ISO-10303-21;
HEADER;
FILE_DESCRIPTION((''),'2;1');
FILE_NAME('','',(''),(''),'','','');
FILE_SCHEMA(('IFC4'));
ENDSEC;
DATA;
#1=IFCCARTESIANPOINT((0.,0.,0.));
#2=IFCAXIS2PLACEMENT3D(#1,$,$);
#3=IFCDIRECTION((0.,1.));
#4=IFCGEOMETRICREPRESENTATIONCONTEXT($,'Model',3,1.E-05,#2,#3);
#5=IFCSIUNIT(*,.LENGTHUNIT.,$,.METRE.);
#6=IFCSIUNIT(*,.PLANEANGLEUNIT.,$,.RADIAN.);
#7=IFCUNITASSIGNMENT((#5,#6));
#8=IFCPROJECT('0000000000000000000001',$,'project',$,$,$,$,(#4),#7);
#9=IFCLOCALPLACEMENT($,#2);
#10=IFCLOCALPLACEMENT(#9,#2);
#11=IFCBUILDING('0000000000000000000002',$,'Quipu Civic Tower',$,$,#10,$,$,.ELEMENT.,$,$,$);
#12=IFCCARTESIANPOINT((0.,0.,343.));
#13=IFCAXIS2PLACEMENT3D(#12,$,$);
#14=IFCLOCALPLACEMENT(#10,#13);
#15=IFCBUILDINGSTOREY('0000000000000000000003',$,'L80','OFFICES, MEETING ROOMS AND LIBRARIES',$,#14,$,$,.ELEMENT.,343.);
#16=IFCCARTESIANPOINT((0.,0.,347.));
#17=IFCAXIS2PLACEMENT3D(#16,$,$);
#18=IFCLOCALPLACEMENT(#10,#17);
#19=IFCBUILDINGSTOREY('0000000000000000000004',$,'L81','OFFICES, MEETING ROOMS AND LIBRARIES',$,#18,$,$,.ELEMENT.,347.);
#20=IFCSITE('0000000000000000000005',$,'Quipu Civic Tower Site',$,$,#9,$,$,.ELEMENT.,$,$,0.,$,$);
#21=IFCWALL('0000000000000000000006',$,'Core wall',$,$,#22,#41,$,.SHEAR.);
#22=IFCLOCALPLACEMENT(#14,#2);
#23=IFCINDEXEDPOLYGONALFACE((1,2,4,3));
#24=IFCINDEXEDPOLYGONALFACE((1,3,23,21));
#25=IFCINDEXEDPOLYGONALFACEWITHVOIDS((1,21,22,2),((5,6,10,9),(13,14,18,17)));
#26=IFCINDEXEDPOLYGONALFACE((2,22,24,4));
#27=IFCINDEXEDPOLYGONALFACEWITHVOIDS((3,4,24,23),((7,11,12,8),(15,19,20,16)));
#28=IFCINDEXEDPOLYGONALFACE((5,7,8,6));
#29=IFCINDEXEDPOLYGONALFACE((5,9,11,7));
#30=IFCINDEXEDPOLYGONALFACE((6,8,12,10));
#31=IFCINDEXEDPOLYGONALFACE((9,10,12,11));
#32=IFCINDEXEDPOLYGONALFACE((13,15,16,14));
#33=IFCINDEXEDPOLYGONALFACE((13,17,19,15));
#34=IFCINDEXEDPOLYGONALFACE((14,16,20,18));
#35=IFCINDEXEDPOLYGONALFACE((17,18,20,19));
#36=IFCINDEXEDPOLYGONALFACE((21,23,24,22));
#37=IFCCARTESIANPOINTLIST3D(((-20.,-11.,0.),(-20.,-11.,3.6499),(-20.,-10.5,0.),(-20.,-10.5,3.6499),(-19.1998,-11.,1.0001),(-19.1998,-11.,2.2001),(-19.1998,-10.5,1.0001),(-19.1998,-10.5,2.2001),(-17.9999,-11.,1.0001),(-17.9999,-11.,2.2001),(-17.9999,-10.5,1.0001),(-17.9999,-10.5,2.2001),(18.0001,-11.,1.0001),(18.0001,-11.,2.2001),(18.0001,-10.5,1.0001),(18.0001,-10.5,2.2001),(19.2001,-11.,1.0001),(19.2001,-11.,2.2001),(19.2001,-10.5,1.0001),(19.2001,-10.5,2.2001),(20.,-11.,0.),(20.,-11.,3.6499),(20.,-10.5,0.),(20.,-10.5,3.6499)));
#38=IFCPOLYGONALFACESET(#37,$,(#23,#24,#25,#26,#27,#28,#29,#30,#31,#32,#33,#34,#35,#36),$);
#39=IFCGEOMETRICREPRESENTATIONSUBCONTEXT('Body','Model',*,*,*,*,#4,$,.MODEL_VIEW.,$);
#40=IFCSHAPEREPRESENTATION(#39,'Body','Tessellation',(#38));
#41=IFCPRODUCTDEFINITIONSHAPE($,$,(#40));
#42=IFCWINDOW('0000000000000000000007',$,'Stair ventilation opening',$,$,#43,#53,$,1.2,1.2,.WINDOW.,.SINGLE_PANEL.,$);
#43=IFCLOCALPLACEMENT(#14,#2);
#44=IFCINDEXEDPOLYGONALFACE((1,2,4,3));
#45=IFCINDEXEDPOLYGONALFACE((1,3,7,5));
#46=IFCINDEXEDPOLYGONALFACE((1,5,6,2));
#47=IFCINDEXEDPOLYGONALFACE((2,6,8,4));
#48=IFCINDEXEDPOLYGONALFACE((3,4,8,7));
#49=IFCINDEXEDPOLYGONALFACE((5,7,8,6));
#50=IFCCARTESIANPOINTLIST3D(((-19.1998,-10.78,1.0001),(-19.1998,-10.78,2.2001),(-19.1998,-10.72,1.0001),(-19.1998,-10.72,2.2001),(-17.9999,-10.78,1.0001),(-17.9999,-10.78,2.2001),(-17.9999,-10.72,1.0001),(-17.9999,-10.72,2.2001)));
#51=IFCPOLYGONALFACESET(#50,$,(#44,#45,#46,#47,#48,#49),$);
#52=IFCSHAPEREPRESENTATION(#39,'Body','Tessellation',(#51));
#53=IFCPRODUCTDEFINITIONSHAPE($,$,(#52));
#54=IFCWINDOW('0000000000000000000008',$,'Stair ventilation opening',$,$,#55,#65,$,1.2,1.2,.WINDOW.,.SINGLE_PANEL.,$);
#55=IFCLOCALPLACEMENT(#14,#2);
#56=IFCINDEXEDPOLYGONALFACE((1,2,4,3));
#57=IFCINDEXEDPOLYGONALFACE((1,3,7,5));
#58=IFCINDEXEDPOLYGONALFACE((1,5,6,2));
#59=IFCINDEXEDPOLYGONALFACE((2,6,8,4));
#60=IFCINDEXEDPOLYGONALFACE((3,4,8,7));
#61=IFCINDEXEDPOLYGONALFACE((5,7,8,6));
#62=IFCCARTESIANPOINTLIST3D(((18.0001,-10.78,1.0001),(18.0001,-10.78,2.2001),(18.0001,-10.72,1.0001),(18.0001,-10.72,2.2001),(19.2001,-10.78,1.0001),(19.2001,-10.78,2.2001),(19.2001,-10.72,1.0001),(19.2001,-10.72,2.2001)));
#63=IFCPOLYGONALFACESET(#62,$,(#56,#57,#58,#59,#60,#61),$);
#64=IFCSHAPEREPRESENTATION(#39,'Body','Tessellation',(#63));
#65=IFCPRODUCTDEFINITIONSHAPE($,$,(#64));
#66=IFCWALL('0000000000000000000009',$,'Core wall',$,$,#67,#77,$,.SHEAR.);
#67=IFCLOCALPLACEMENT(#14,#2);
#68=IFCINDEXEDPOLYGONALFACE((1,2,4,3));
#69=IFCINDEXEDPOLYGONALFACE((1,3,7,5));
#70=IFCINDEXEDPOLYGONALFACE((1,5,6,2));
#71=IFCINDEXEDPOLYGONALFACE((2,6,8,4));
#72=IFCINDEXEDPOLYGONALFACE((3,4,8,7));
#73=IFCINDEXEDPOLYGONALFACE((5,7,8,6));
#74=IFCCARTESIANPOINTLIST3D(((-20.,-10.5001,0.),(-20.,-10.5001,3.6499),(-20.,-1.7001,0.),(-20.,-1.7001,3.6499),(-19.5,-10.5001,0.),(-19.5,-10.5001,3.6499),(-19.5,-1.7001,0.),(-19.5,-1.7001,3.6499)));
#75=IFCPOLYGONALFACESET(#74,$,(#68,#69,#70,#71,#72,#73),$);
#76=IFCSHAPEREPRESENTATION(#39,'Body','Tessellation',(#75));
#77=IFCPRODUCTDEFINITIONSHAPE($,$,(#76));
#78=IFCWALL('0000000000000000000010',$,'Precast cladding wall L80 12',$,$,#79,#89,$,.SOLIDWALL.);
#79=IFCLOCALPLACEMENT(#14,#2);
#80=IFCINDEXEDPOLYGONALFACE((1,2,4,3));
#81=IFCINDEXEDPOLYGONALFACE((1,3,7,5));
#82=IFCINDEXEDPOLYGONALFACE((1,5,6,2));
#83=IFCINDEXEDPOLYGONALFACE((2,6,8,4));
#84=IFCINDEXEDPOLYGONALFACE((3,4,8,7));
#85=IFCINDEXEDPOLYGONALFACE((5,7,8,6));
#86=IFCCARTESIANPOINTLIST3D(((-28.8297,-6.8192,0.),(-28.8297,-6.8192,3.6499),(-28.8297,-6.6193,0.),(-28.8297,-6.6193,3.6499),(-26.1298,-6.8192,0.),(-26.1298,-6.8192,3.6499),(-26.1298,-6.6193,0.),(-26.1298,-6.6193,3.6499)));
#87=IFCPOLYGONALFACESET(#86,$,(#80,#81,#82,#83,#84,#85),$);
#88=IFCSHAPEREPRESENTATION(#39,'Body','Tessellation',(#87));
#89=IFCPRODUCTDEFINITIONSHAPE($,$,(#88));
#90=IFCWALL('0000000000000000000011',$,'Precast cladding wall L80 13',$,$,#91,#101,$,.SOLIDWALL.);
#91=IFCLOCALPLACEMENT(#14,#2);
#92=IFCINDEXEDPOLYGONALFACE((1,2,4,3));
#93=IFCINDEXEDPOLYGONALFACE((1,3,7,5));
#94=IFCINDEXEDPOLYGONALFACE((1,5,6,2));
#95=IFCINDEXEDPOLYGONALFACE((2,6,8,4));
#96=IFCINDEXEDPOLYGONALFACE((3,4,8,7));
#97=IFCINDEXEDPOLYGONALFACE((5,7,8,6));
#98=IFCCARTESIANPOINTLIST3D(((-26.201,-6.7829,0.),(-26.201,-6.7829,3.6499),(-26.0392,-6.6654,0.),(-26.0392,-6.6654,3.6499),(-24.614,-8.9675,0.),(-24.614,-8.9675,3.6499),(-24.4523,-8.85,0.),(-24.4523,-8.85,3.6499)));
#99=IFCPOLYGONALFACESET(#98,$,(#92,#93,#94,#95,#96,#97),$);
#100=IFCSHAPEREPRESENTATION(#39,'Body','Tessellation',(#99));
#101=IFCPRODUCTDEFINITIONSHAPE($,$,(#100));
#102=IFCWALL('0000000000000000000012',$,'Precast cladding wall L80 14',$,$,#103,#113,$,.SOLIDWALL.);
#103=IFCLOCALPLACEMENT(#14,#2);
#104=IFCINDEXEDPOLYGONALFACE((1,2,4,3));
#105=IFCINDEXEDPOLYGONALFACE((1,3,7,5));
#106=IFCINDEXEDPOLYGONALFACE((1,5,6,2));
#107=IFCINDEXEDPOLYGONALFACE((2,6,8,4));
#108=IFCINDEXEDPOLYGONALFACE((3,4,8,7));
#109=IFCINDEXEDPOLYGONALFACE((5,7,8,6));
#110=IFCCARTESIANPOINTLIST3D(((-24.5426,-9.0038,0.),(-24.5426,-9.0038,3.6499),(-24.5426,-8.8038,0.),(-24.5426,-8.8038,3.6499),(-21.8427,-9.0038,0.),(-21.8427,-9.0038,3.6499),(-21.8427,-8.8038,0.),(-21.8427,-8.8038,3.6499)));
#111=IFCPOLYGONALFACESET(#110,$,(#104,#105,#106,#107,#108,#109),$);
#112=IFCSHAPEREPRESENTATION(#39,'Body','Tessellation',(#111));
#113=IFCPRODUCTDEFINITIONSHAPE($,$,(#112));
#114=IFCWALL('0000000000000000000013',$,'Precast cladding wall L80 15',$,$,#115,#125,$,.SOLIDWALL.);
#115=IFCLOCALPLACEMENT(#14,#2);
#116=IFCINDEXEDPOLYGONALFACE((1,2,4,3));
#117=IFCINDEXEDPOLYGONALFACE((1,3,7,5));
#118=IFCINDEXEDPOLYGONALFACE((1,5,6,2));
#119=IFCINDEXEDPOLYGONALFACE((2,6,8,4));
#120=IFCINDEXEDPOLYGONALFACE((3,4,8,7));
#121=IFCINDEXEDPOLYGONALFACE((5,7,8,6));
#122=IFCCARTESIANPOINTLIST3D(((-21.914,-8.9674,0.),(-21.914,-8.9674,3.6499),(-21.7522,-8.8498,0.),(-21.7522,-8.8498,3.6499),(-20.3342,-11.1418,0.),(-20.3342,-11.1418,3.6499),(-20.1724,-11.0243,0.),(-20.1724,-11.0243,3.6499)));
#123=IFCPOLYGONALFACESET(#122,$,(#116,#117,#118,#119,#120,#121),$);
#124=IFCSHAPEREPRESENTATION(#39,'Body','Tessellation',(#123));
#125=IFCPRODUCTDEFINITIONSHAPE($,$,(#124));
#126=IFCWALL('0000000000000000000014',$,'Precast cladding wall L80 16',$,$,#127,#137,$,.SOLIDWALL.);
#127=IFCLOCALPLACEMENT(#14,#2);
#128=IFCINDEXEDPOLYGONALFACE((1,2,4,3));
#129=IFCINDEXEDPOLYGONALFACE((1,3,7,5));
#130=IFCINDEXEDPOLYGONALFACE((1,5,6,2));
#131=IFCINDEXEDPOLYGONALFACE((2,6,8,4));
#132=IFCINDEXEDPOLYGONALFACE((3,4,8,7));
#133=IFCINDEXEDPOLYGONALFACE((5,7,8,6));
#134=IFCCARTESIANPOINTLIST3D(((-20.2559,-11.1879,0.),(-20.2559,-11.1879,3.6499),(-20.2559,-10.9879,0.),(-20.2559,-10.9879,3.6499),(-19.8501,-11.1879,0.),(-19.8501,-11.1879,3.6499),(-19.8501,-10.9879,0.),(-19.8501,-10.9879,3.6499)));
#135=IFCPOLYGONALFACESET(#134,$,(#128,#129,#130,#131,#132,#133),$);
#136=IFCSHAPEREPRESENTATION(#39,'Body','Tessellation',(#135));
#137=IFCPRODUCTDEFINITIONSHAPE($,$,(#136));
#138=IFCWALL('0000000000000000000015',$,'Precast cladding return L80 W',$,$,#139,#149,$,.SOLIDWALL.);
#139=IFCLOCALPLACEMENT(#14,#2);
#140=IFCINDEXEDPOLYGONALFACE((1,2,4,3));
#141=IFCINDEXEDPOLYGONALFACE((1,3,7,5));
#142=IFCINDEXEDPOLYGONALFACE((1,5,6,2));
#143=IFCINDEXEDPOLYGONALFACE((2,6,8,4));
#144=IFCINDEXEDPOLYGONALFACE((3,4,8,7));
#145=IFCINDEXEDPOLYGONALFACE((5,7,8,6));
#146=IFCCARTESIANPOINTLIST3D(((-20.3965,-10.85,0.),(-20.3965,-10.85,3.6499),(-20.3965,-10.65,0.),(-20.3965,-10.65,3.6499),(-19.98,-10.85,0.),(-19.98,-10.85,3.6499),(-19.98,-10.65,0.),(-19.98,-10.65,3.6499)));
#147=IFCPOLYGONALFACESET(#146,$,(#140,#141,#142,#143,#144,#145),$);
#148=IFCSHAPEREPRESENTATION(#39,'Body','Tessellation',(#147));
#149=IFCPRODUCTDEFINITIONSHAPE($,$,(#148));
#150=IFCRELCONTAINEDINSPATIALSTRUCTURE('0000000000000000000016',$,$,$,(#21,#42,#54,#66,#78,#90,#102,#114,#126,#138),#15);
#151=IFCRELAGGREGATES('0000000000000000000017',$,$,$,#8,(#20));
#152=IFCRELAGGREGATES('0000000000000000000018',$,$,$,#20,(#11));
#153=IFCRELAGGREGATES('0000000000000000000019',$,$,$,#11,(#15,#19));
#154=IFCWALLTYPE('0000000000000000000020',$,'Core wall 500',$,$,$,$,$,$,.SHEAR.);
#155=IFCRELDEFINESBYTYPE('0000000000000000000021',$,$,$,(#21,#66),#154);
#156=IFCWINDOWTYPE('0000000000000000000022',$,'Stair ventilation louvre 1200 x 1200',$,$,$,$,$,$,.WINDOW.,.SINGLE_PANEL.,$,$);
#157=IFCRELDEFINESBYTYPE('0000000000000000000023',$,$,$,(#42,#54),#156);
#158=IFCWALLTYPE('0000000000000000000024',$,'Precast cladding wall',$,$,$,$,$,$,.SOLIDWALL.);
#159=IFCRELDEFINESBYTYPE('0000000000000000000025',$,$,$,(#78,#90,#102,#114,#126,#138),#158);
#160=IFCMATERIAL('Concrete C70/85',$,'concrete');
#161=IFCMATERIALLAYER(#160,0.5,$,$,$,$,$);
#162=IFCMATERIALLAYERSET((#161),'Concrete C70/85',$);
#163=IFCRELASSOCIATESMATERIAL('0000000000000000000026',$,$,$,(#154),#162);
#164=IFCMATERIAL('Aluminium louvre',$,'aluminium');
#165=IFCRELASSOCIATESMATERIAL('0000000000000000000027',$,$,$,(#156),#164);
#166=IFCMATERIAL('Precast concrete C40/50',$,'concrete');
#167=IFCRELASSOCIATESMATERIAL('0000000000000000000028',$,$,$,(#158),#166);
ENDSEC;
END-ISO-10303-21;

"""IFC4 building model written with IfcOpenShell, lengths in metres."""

from ifc_helpers import new_model, si_unit, direction, frame, frame_2d, origin, place, context, subcontext, project, spatial, rectangle, extrude, material, layer, layer_set, type_object, element, fill, save


model = new_model("IFC4")

# Units and contexts
model_context = context("Model", 3, precision=1e-05, world=origin(), true_north=direction((0.0, 1.0)))
body_context = subcontext(model_context, "Body", "Model", "MODEL_VIEW")
ifc_project = project(units=[si_unit("LENGTHUNIT", "METRE"), si_unit("PLANEANGLEUNIT", "RADIAN")], contexts=[model_context])

# Site, building, storey
site_placement = place(None, origin())
site = spatial("IfcSite", under=ifc_project, at=site_placement, Name="Quipu Civic Tower Site", CompositionType="ELEMENT", RefElevation=0.0)
building_placement = place(site_placement, origin())
building = spatial("IfcBuilding", under=site, at=building_placement, Name="Quipu Civic Tower", CompositionType="ELEMENT")
storey_1_placement = place(building_placement, frame((0.0, 0.0, 343.0)))
storey_1 = spatial("IfcBuildingStorey", under=building, at=storey_1_placement, Name="L80", Description="OFFICES, MEETING ROOMS AND LIBRARIES", CompositionType="ELEMENT", Elevation=343.0)

# Shared definitions
storey_2_placement = place(building_placement, frame((0.0, 0.0, 347.0)))
storey_2 = spatial("IfcBuildingStorey", under=building, at=storey_2_placement, Name="L81", Description="OFFICES, MEETING ROOMS AND LIBRARIES", CompositionType="ELEMENT", Elevation=347.0)

# Wall, openings, windows
ifc_material_1 = material(Name="Concrete C70/85", Category="concrete")
ifc_layer_1 = layer(ifc_material_1, 0.5)
ifc_layer_set_1 = layer_set([ifc_layer_1], Name="Concrete C70/85")
wall_type_1 = type_object("IfcWallType", Name="Core wall 500", PredefinedType="SHEAR", material=ifc_layer_set_1)
wall_1_placement = place(storey_1_placement, frame((-20.0, -10.75, 0.0), z_axis=(0.0, 0.0, 1.0), x_axis=(1.0, 0.0, 0.0)))
wall_1 = element("IfcWall", 1, at=wall_1_placement, inside=storey_1, type_object=wall_type_1, Name="Core wall", PredefinedType="SHEAR", context=body_context, shape_type="SweptSolid", body=[
    extrude(rectangle(XDim=40.0, YDim=0.5, at=frame_2d((20.0, 0.0))), origin(), (0.0, 0.0, 1.0), 3.6499),
])
opening_1_placement = place(wall_1_placement, frame((0.8, 0.0, 1.0)))
opening_1 = element("IfcOpeningElement", 2, at=opening_1_placement, cuts=wall_1, PredefinedType="OPENING", context=body_context, shape_type="SweptSolid", body=[
    extrude(rectangle(XDim=1.2, YDim=1.2, at=frame_2d((0.6001, 0.6001))), frame((0.0, 0.26, 0.0), z_axis=(0.0, -1.0, 0.0), x_axis=(1.0, 0.0, 0.0)), (0.0, 0.0, 1.0), 0.52),
])
opening_2_placement = place(wall_1_placement, frame((38.0, 0.0, 1.0)))
opening_2 = element("IfcOpeningElement", 3, at=opening_2_placement, cuts=wall_1, PredefinedType="OPENING", context=body_context, shape_type="SweptSolid", body=[
    extrude(rectangle(XDim=1.2, YDim=1.2, at=frame_2d((0.6001, 0.6001))), frame((0.0, 0.26, 0.0), z_axis=(0.0, -1.0, 0.0), x_axis=(1.0, 0.0, 0.0)), (0.0, 0.0, 1.0), 0.52),
])
ifc_material_2 = material(Name="Aluminium louvre", Category="aluminium")
window_type = type_object("IfcWindowType", Name="Stair ventilation louvre 1200 x 1200", PartitioningType="SINGLE_PANEL", PredefinedType="WINDOW", material=ifc_material_2)
window_1_placement = place(opening_1_placement, origin())
window_1 = element("IfcWindow", 4, at=window_1_placement, inside=storey_1, type_object=window_type, Name="Stair ventilation opening", OverallHeight=1.2, OverallWidth=1.2, PartitioningType="SINGLE_PANEL", PredefinedType="WINDOW", context=body_context, shape_type="SweptSolid", body=[
    extrude(rectangle(XDim=1.2, YDim=1.2, at=frame_2d((0.6001, 0.6001))), frame((0.0, 0.03, 0.0), z_axis=(0.0, -1.0, 0.0), x_axis=(1.0, 0.0, 0.0)), (0.0, 0.0, 1.0), 0.0601),
])
fill(opening_1, window_1)
window_2_placement = place(opening_2_placement, origin())
window_2 = element("IfcWindow", 5, at=window_2_placement, inside=storey_1, type_object=window_type, Name="Stair ventilation opening", OverallHeight=1.2, OverallWidth=1.2, PartitioningType="SINGLE_PANEL", PredefinedType="WINDOW", context=body_context, shape_type="SweptSolid", body=[
    extrude(rectangle(XDim=1.2, YDim=1.2, at=frame_2d((0.6001, 0.6001))), frame((0.0, 0.03, 0.0), z_axis=(0.0, -1.0, 0.0), x_axis=(1.0, 0.0, 0.0)), (0.0, 0.0, 1.0), 0.0601),
])
fill(opening_2, window_2)

# Walls
wall_2_placement = place(storey_1_placement, frame((-19.75, -10.5, 0.0), z_axis=(0.0, 0.0, 1.0), x_axis=(0.0, 1.0, 0.0)))
element("IfcWall", 6, at=wall_2_placement, inside=storey_1, type_object=wall_type_1, Name="Core wall", PredefinedType="SHEAR", context=body_context, shape_type="SweptSolid", body=[
    extrude(rectangle(XDim=8.8, YDim=0.5, at=frame_2d((4.3999, 0.0))), origin(), (0.0, 0.0, 1.0), 3.6499),
])
ifc_material_3 = material(Name="Precast concrete C40/50", Category="concrete")
wall_type_2 = type_object("IfcWallType", Name="Precast cladding wall", PredefinedType="SOLIDWALL", material=ifc_material_3)
wall_3_placement = place(storey_1_placement, frame((-28.8298, -6.7192, 0.0), z_axis=(0.0, 0.0, 1.0), x_axis=(1.0, 0.0, 0.0)))
element("IfcWall", 7, at=wall_3_placement, inside=storey_1, type_object=wall_type_2, Name="Precast cladding wall L80 12", PredefinedType="SOLIDWALL", context=body_context, shape_type="SweptSolid", body=[
    extrude(rectangle(XDim=2.7, YDim=0.2, at=frame_2d((1.3501, 0.0))), origin(), (0.0, 0.0, 1.0), 3.6499),
])
wall_4_placement = place(storey_1_placement, frame((-26.1201, -6.7241, 0.0), z_axis=(0.0, 0.0, 1.0), x_axis=(0.58772, -0.809064, 0.0)))
element("IfcWall", 8, at=wall_4_placement, inside=storey_1, type_object=wall_type_2, Name="Precast cladding wall L80 13", PredefinedType="SOLIDWALL", context=body_context, shape_type="SweptSolid", body=[
    extrude(rectangle(XDim=2.7002, YDim=0.2, at=frame_2d((1.3501, 0.0))), origin(), (0.0, 0.0, 1.0), 3.6499),
])
wall_5_placement = place(storey_1_placement, frame((-24.5427, -8.9038, 0.0), z_axis=(0.0, 0.0, 1.0), x_axis=(1.0, 0.0, 0.0)))
element("IfcWall", 9, at=wall_5_placement, inside=storey_1, type_object=wall_type_2, Name="Precast cladding wall L80 14", PredefinedType="SOLIDWALL", context=body_context, shape_type="SweptSolid", body=[
    extrude(rectangle(XDim=2.7, YDim=0.2, at=frame_2d((1.3501, 0.0))), origin(), (0.0, 0.0, 1.0), 3.6499),
])
wall_6_placement = place(storey_1_placement, frame((-21.833, -8.9087, 0.0), z_axis=(0.0, 0.0, 1.0), x_axis=(0.587767, -0.809031, 0.0)))
element("IfcWall", 10, at=wall_6_placement, inside=storey_1, type_object=wall_type_2, Name="Precast cladding wall L80 15", PredefinedType="SOLIDWALL", context=body_context, shape_type="SweptSolid", body=[
    extrude(rectangle(XDim=2.6877, YDim=0.2, at=frame_2d((1.3438, 0.0))), origin(), (0.0, 0.0, 1.0), 3.6499),
])
wall_7_placement = place(storey_1_placement, frame((-20.2559, -11.0879, 0.0), z_axis=(0.0, 0.0, 1.0), x_axis=(1.0, 0.0, 0.0)))
element("IfcWall", 11, at=wall_7_placement, inside=storey_1, type_object=wall_type_2, Name="Precast cladding wall L80 16", PredefinedType="SOLIDWALL", context=body_context, shape_type="SweptSolid", body=[
    extrude(rectangle(XDim=0.4058, YDim=0.2, at=frame_2d((0.2029, 0.0))), origin(), (0.0, 0.0, 1.0), 3.6499),
])
wall_8_placement = place(storey_1_placement, frame((-19.98, -10.75, 0.0), z_axis=(0.0, 0.0, 1.0), x_axis=(-1.0, 0.0, 0.0)))
element("IfcWall", 12, at=wall_8_placement, inside=storey_1, type_object=wall_type_2, Name="Precast cladding return L80 W", PredefinedType="SOLIDWALL", context=body_context, shape_type="SweptSolid", body=[
    extrude(rectangle(XDim=0.4165, YDim=0.2, at=frame_2d((0.2083, 0.0))), origin(), (0.0, 0.0, 1.0), 3.6499),
])

save(model, "model.ifc")
